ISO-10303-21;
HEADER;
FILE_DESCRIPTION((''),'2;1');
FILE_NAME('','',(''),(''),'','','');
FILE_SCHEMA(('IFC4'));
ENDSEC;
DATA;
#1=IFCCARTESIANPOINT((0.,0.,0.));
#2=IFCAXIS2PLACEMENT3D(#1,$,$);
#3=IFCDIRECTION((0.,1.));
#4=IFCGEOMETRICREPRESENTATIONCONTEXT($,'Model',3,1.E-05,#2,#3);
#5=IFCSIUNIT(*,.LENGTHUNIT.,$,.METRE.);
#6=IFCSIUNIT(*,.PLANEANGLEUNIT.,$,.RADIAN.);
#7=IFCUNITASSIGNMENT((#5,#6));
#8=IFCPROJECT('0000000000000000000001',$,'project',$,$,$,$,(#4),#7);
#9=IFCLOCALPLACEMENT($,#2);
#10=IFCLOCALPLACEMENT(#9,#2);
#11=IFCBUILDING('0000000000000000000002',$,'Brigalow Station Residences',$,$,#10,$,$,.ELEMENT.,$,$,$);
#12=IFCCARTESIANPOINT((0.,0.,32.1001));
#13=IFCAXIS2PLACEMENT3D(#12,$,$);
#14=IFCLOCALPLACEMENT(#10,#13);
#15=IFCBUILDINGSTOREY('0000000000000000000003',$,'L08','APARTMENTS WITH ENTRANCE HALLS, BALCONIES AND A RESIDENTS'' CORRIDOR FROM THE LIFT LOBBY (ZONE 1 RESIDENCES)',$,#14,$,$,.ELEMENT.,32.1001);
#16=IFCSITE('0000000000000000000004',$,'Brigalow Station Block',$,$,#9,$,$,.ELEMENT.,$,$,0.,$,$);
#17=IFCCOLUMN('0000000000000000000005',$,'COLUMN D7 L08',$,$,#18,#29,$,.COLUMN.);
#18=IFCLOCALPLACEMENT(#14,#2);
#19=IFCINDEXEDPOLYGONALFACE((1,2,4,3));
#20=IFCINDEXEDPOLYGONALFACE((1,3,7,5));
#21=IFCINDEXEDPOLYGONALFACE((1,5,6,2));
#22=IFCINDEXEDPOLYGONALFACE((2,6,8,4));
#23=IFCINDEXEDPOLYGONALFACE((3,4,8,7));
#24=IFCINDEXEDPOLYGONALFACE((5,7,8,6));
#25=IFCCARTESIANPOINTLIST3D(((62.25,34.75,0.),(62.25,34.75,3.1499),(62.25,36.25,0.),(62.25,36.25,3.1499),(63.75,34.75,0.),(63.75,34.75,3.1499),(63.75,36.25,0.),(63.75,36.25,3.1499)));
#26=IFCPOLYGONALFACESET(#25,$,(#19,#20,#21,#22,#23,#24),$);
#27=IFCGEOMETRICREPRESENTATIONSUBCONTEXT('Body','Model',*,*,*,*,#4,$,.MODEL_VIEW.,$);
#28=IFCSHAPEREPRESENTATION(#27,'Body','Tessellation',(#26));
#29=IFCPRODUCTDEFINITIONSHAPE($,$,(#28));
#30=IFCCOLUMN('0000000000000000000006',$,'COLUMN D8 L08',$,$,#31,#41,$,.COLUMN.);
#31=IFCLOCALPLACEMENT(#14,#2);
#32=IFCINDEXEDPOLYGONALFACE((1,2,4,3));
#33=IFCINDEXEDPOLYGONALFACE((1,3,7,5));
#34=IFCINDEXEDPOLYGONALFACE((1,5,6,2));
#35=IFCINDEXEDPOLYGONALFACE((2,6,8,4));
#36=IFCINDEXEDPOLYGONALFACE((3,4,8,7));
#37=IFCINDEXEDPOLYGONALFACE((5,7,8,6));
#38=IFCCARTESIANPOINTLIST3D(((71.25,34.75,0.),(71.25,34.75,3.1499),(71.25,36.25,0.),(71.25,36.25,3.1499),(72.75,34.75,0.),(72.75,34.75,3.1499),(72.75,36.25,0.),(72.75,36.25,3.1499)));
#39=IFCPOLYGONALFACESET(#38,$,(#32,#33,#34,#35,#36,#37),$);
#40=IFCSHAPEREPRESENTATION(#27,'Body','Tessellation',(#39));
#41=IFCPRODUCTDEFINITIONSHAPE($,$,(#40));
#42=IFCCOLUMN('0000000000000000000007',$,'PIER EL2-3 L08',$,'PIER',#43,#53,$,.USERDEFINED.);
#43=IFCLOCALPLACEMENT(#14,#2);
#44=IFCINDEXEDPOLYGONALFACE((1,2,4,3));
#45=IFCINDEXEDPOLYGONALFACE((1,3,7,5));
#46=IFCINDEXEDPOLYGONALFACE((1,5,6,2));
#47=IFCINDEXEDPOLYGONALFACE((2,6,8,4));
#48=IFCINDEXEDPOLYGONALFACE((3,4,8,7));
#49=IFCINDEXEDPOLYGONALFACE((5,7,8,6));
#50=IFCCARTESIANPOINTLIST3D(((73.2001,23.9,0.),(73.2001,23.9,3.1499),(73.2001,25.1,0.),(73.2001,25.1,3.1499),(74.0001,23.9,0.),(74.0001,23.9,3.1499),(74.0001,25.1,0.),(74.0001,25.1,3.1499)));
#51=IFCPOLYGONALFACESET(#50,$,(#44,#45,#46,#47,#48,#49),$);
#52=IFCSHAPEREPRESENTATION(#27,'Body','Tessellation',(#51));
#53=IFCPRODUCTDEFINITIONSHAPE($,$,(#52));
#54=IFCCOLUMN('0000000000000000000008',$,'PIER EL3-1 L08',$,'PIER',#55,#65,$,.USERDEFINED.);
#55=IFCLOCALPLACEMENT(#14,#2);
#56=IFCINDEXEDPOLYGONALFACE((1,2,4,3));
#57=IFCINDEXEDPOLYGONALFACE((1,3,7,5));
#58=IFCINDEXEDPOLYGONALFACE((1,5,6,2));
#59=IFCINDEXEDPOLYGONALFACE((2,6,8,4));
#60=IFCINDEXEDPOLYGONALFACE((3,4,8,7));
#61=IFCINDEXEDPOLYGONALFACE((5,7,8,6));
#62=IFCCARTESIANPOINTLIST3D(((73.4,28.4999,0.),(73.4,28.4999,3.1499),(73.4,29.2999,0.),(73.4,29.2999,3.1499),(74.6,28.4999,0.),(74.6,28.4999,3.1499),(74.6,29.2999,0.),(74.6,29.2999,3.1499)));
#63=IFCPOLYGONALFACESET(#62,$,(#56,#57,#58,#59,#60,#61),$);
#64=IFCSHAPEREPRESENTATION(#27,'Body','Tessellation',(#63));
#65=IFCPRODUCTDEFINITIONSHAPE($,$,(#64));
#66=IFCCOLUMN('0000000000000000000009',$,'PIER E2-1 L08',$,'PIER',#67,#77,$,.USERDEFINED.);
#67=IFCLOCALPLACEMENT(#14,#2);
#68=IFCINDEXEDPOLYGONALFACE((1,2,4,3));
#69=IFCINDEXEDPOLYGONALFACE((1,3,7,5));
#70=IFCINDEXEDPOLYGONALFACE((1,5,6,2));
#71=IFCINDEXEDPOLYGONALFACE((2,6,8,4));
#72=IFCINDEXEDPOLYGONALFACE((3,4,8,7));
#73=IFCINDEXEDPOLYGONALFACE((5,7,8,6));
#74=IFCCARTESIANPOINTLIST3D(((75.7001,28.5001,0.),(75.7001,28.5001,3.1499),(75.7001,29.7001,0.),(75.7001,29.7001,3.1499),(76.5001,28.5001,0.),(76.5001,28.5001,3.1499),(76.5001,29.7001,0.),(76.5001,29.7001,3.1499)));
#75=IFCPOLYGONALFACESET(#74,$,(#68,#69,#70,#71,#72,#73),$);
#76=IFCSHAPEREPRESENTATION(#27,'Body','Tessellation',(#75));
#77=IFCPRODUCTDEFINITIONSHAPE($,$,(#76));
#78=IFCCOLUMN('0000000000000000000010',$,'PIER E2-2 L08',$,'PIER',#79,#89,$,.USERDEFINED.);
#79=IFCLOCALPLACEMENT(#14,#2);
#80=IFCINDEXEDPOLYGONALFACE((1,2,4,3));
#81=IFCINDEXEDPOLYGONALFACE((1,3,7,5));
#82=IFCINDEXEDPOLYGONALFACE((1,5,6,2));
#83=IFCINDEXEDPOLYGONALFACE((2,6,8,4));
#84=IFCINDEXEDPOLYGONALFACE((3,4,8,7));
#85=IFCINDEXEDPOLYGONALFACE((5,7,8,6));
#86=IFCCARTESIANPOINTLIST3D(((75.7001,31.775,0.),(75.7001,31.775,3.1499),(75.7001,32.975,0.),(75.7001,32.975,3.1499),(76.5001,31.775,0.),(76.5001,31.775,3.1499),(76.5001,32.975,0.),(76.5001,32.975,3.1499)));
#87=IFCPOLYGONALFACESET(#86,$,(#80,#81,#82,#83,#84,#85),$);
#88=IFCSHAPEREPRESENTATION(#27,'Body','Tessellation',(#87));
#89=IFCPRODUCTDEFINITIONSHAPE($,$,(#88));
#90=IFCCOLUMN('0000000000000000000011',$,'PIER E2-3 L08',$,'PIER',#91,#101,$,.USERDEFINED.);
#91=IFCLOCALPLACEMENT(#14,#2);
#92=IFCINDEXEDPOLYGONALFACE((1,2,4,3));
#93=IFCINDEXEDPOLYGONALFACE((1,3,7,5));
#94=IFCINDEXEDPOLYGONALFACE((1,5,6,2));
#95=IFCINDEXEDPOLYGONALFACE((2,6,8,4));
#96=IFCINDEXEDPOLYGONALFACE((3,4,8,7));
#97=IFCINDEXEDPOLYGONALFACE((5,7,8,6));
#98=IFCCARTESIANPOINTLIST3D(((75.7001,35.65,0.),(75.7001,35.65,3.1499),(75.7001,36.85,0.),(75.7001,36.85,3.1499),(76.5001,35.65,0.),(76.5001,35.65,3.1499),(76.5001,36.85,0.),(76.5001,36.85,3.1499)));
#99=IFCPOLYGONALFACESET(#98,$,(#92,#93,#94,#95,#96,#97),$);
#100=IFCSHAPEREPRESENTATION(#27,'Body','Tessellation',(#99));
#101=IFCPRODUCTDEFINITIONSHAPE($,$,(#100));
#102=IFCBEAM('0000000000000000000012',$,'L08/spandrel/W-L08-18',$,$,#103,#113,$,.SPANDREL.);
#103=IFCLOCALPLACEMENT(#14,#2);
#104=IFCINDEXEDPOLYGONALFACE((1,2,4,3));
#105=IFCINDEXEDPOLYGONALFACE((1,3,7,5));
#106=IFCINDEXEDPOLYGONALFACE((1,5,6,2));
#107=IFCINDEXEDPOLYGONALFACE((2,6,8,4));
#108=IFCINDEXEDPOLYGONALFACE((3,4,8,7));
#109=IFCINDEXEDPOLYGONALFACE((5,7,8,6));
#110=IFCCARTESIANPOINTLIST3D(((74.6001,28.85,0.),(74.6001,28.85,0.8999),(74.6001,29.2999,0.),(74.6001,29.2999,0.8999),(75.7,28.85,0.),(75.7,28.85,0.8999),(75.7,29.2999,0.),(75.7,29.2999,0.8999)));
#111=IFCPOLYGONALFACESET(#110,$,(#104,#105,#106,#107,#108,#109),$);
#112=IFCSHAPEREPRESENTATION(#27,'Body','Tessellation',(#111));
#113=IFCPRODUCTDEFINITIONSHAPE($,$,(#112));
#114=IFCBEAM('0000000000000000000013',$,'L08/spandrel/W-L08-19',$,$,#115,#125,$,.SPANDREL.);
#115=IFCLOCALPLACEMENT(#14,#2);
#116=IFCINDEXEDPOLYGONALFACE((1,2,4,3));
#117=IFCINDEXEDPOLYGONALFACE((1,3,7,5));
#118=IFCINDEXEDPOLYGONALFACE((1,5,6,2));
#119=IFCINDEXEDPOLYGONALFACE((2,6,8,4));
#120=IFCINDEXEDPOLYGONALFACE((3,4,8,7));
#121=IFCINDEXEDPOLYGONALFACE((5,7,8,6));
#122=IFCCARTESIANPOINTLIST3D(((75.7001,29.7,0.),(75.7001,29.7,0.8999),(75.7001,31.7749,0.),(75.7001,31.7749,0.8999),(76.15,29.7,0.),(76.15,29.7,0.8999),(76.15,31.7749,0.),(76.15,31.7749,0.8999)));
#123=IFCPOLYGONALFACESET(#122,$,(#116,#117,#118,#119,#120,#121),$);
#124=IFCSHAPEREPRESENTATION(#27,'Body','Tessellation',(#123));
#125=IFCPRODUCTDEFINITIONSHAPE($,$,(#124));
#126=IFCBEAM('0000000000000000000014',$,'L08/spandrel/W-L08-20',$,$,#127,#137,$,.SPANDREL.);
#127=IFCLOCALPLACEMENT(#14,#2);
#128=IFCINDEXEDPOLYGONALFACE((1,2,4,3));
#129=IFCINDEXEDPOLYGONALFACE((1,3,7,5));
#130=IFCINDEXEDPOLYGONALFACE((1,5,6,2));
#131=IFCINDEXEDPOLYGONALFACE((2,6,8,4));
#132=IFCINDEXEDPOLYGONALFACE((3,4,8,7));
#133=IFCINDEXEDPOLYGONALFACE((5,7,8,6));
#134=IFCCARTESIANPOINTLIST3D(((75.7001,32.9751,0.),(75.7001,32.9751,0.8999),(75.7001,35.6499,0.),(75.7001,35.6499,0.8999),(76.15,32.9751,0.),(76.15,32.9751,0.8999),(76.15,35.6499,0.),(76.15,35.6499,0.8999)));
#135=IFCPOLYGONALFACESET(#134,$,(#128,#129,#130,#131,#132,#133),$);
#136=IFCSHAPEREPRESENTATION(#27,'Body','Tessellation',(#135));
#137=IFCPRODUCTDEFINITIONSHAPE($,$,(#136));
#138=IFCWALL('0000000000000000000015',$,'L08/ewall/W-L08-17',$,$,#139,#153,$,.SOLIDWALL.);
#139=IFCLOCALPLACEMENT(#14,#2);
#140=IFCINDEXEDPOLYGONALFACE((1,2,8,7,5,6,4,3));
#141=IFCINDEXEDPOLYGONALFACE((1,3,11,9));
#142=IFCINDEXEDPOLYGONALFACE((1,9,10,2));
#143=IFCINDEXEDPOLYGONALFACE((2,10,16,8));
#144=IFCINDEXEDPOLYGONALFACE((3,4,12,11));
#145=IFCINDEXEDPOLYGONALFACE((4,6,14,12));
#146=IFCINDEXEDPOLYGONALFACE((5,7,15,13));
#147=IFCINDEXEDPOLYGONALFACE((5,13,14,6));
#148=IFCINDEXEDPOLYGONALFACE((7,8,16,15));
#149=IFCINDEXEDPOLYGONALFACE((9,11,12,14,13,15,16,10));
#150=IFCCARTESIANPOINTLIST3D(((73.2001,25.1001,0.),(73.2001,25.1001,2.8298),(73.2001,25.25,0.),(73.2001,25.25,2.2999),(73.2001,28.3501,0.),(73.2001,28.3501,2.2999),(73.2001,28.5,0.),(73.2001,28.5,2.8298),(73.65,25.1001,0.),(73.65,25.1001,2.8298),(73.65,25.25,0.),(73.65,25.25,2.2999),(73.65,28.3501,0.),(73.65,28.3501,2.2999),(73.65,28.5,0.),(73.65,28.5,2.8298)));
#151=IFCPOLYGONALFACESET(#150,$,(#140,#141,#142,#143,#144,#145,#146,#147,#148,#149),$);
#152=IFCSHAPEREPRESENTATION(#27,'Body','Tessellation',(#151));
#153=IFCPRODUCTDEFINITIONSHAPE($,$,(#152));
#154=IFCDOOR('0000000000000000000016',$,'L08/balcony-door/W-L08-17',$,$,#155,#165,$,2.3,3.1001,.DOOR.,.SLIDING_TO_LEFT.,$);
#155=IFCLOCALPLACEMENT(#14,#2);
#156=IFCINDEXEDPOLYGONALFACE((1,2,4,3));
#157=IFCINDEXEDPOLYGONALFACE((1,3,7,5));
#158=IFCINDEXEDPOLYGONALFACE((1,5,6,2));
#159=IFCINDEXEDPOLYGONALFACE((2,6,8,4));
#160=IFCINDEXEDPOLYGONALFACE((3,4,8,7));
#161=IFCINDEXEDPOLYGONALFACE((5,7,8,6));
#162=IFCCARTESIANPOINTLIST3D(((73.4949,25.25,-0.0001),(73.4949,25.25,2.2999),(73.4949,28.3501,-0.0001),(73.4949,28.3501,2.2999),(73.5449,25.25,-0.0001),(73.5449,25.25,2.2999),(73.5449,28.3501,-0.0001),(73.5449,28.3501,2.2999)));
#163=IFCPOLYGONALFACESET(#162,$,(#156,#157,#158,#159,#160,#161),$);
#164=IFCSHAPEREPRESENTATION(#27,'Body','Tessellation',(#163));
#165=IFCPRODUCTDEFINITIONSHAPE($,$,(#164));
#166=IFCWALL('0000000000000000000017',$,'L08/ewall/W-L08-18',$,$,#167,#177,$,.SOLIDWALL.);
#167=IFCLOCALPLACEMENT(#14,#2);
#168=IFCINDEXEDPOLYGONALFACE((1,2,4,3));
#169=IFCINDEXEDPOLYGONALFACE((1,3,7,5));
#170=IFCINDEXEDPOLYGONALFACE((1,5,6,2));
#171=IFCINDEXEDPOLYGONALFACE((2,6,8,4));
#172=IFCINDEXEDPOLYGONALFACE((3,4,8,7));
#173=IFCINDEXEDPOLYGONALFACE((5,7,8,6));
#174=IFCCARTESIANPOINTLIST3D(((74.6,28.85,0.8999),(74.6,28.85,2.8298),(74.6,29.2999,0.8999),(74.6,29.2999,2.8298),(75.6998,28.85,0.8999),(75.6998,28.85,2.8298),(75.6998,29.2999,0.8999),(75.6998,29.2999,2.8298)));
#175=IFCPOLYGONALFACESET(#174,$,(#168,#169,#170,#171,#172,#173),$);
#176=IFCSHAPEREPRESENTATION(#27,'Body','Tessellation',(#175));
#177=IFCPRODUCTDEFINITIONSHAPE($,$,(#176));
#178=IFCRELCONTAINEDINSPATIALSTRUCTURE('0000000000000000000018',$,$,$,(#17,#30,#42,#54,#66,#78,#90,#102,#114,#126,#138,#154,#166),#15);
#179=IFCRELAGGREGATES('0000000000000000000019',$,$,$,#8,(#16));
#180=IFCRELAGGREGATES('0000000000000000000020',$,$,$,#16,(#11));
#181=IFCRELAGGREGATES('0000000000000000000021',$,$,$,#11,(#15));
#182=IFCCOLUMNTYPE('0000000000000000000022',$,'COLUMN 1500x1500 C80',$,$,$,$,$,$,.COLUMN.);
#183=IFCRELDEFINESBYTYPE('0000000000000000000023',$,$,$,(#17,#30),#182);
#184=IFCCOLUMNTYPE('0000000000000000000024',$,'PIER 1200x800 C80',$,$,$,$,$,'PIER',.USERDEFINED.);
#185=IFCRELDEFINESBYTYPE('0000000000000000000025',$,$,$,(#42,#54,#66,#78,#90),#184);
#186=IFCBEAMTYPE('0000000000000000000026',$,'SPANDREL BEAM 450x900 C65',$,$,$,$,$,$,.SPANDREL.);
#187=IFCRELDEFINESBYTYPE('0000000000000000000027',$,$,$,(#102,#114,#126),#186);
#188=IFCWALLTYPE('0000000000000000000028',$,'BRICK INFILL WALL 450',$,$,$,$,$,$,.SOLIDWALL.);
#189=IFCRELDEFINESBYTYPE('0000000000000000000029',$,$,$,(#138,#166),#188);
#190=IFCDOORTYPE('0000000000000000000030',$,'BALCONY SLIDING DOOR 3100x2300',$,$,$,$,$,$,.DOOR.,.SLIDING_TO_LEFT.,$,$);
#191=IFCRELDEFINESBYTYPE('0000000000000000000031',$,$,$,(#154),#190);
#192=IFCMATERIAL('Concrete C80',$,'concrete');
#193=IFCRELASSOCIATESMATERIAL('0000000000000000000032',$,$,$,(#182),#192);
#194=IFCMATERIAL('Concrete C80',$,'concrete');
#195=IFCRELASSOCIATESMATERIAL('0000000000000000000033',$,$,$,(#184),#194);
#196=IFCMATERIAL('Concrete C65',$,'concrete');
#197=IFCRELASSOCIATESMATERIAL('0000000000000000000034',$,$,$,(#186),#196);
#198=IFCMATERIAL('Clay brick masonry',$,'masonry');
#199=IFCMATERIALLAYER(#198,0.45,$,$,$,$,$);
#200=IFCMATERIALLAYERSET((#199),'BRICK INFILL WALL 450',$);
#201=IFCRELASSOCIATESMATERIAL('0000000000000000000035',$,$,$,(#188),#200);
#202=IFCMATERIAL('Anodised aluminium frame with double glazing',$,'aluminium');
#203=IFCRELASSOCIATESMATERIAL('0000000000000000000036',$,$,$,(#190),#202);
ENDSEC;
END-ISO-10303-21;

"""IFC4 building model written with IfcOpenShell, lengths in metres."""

from ifc_helpers import new_model, si_unit, direction, frame, frame_2d, origin, origin_2d, place, context, subcontext, project, spatial, rectangle, extrude, material, layer, layer_set, material_profile, profile_set, type_object, element, fill, save


model = new_model("IFC4")

# Units and contexts
model_context = context("Model", 3, precision=1e-05, world=origin(), true_north=direction((0.0, 1.0)))
body_context = subcontext(model_context, "Body", "Model", "MODEL_VIEW")
ifc_project = project(units=[si_unit("LENGTHUNIT", "METRE"), si_unit("PLANEANGLEUNIT", "RADIAN")], contexts=[model_context])

# Site, building, storey
site_placement = place(None, origin())
site = spatial("IfcSite", under=ifc_project, at=site_placement, Name="Brigalow Station Block", CompositionType="ELEMENT", RefElevation=0.0)
building_placement = place(site_placement, origin())
building = spatial("IfcBuilding", under=site, at=building_placement, Name="Brigalow Station Residences", CompositionType="ELEMENT")
storey_placement = place(building_placement, frame((0.0, 0.0, 32.1001)))
storey = spatial("IfcBuildingStorey", under=building, at=storey_placement, Name="L08", Description="APARTMENTS WITH ENTRANCE HALLS, BALCONIES AND A RESIDENTS' CORRIDOR FROM THE LIFT LOBBY (ZONE 1 RESIDENCES)", CompositionType="ELEMENT", Elevation=32.1001)

# Columns
ifc_material_1 = material(Name="Concrete C80", Category="concrete")
ifc_material_profile_1 = material_profile(ifc_material_1, rectangle(XDim=1.5, YDim=1.5, at=origin_2d()), Name="RC1500x1500")
ifc_profile_set_1 = profile_set([ifc_material_profile_1], Name="Concrete C80")
column_type_1 = type_object("IfcColumnType", Name="COLUMN 1500x1500 C80", PredefinedType="COLUMN", material=ifc_profile_set_1)
for number, where, z_axis, x_axis, name in (
    (1, (63.0, 35.5, 0.0), (0.0, 0.0, 1.0), (1.0, 0.0, 0.0), "COLUMN D7 L08"),
    (2, (72.0, 35.5, 0.0), (0.0, 0.0, 1.0), (1.0, 0.0, 0.0), "COLUMN D8 L08"),
):
    element("IfcColumn", number, at=place(storey_placement, frame(where, z_axis=z_axis, x_axis=x_axis)), inside=storey, type_object=column_type_1, Name=name, PredefinedType="COLUMN", context=body_context, shape_type="SweptSolid", body=[
        extrude(rectangle(XDim=1.5, YDim=1.5, at=origin_2d()), origin(), (0.0, 0.0, 1.0), 3.1499),
    ])
ifc_material_2 = material(Name="Concrete C80", Category="concrete")
ifc_material_profile_2 = material_profile(ifc_material_2, rectangle(XDim=1.2, YDim=0.8, at=origin_2d()), Name="RC1200x800")
ifc_profile_set_2 = profile_set([ifc_material_profile_2], Name="Concrete C80")
column_type_2 = type_object("IfcColumnType", Name="PIER 1200x800 C80", ElementType="PIER", PredefinedType="USERDEFINED", material=ifc_profile_set_2)
for number, where, z_axis, x_axis, name in (
    (3, (73.6001, 24.5, 0.0), (0.0, 0.0, 1.0), (0.0, 1.0, 0.0), "PIER EL2-3 L08"),
    (4, (74.0, 28.8999, 0.0), (0.0, 0.0, 1.0), (1.0, 0.0, 0.0), "PIER EL3-1 L08"),
    (5, (76.1001, 29.1001, 0.0), (0.0, 0.0, 1.0), (0.0, 1.0, 0.0), "PIER E2-1 L08"),
    (6, (76.1001, 32.375, 0.0), (0.0, 0.0, 1.0), (0.0, 1.0, 0.0), "PIER E2-2 L08"),
    (7, (76.1001, 36.25, 0.0), (0.0, 0.0, 1.0), (0.0, 1.0, 0.0), "PIER E2-3 L08"),
):
    element("IfcColumn", number, at=place(storey_placement, frame(where, z_axis=z_axis, x_axis=x_axis)), inside=storey, type_object=column_type_2, Name=name, ObjectType="PIER", PredefinedType="USERDEFINED", context=body_context, shape_type="SweptSolid", body=[
        extrude(rectangle(XDim=1.2, YDim=0.8, at=origin_2d()), origin(), (0.0, 0.0, 1.0), 3.1499),
    ])

# Beams
ifc_material_3 = material(Name="Concrete C65", Category="concrete")
ifc_material_profile_3 = material_profile(ifc_material_3, rectangle(XDim=0.45, YDim=0.8999, at=origin_2d()), Name="RC450x900")
ifc_profile_set_3 = profile_set([ifc_material_profile_3], Name="Concrete C65")
beam_type = type_object("IfcBeamType", Name="SPANDREL BEAM 450x900 C65", PredefinedType="SPANDREL", material=ifc_profile_set_3)
beam_1_placement = place(storey_placement, frame((74.6001, 29.075, 0.45), z_axis=(1.0, 0.0, 0.0), x_axis=(0.0, 1.0, 0.0)))
element("IfcBeam", 8, at=beam_1_placement, inside=storey, type_object=beam_type, Name="L08/spandrel/W-L08-18", PredefinedType="SPANDREL", context=body_context, shape_type="SweptSolid", body=[
    extrude(rectangle(XDim=0.45, YDim=0.8999, at=origin_2d()), origin(), (0.0, 0.0, 1.0), 1.0999),
])
beam_2_placement = place(storey_placement, frame((75.925, 29.7, 0.45), z_axis=(0.0, 1.0, 0.0), x_axis=(-1.0, 0.0, 0.0)))
element("IfcBeam", 9, at=beam_2_placement, inside=storey, type_object=beam_type, Name="L08/spandrel/W-L08-19", PredefinedType="SPANDREL", context=body_context, shape_type="SweptSolid", body=[
    extrude(rectangle(XDim=0.45, YDim=0.8999, at=origin_2d()), origin(), (0.0, 0.0, 1.0), 2.075),
])
beam_3_placement = place(storey_placement, frame((75.925, 32.9751, 0.45), z_axis=(0.0, 1.0, 0.0), x_axis=(-1.0, 0.0, 0.0)))
element("IfcBeam", 10, at=beam_3_placement, inside=storey, type_object=beam_type, Name="L08/spandrel/W-L08-20", PredefinedType="SPANDREL", context=body_context, shape_type="SweptSolid", body=[
    extrude(rectangle(XDim=0.45, YDim=0.8999, at=origin_2d()), origin(), (0.0, 0.0, 1.0), 2.6748),
])

# Wall, opening, door
ifc_material_4 = material(Name="Clay brick masonry", Category="masonry")
ifc_layer_1 = layer(ifc_material_4, 0.45)
ifc_layer_set_1 = layer_set([ifc_layer_1], Name="BRICK INFILL WALL 450")
wall_type_1 = type_object("IfcWallType", Name="BRICK INFILL WALL 450", PredefinedType="SOLIDWALL", material=ifc_layer_set_1)
wall_1_placement = place(storey_placement, frame((73.425, 25.1001, 0.0), z_axis=(0.0, 0.0, 1.0), x_axis=(0.0, 1.0, 0.0)))
wall_1 = element("IfcWall", 11, at=wall_1_placement, inside=storey, type_object=wall_type_1, Name="L08/ewall/W-L08-17", PredefinedType="SOLIDWALL", context=body_context, shape_type="SweptSolid", body=[
    extrude(rectangle(XDim=3.3999, YDim=0.45, at=frame_2d((1.7, 0.0))), origin(), (0.0, 0.0, 1.0), 2.8298),
])
opening_1_placement = place(wall_1_placement, frame((0.1499, 0.0, 0.0)))
opening_1 = element("IfcOpeningElement", 12, at=opening_1_placement, cuts=wall_1, PredefinedType="OPENING", context=body_context, shape_type="SweptSolid", body=[
    extrude(rectangle(XDim=3.1001, YDim=2.3, at=frame_2d((1.55, 1.1499))), frame((0.0, 0.2349, 0.0), z_axis=(0.0, -1.0, 0.0), x_axis=(1.0, 0.0, 0.0)), (0.0, 0.0, 1.0), 0.47),
])
ifc_material_5 = material(Name="Anodised aluminium frame with double glazing", Category="aluminium")
door_type_1 = type_object("IfcDoorType", Name="BALCONY SLIDING DOOR 3100x2300", OperationType="SLIDING_TO_LEFT", PredefinedType="DOOR", material=ifc_material_5)
door_1_placement = place(opening_1_placement, origin())
door_1 = element("IfcDoor", 13, at=door_1_placement, inside=storey, type_object=door_type_1, Name="L08/balcony-door/W-L08-17", OperationType="SLIDING_TO_LEFT", OverallHeight=2.3, OverallWidth=3.1001, PredefinedType="DOOR", context=body_context, shape_type="SweptSolid", body=[
    extrude(rectangle(XDim=3.1001, YDim=2.3, at=frame_2d((1.55, 1.1499))), frame((0.0, -0.0698, 0.0), z_axis=(0.0, -1.0, 0.0), x_axis=(1.0, 0.0, 0.0)), (0.0, 0.0, 1.0), 0.05),
])
fill(opening_1, door_1)

# Wall
wall_2_placement = place(storey_placement, frame((74.6001, 29.075, 0.8999), z_axis=(0.0, 0.0, 1.0), x_axis=(1.0, 0.0, 0.0)))
element("IfcWall", 14, at=wall_2_placement, inside=storey, type_object=wall_type_1, Name="L08/ewall/W-L08-18", PredefinedType="SOLIDWALL", context=body_context, shape_type="SweptSolid", body=[
    extrude(rectangle(XDim=1.0999, YDim=0.45, at=frame_2d((0.5498, 0.0))), origin(), (0.0, 0.0, 1.0), 1.9299),
])

save(model, "model.ifc")
